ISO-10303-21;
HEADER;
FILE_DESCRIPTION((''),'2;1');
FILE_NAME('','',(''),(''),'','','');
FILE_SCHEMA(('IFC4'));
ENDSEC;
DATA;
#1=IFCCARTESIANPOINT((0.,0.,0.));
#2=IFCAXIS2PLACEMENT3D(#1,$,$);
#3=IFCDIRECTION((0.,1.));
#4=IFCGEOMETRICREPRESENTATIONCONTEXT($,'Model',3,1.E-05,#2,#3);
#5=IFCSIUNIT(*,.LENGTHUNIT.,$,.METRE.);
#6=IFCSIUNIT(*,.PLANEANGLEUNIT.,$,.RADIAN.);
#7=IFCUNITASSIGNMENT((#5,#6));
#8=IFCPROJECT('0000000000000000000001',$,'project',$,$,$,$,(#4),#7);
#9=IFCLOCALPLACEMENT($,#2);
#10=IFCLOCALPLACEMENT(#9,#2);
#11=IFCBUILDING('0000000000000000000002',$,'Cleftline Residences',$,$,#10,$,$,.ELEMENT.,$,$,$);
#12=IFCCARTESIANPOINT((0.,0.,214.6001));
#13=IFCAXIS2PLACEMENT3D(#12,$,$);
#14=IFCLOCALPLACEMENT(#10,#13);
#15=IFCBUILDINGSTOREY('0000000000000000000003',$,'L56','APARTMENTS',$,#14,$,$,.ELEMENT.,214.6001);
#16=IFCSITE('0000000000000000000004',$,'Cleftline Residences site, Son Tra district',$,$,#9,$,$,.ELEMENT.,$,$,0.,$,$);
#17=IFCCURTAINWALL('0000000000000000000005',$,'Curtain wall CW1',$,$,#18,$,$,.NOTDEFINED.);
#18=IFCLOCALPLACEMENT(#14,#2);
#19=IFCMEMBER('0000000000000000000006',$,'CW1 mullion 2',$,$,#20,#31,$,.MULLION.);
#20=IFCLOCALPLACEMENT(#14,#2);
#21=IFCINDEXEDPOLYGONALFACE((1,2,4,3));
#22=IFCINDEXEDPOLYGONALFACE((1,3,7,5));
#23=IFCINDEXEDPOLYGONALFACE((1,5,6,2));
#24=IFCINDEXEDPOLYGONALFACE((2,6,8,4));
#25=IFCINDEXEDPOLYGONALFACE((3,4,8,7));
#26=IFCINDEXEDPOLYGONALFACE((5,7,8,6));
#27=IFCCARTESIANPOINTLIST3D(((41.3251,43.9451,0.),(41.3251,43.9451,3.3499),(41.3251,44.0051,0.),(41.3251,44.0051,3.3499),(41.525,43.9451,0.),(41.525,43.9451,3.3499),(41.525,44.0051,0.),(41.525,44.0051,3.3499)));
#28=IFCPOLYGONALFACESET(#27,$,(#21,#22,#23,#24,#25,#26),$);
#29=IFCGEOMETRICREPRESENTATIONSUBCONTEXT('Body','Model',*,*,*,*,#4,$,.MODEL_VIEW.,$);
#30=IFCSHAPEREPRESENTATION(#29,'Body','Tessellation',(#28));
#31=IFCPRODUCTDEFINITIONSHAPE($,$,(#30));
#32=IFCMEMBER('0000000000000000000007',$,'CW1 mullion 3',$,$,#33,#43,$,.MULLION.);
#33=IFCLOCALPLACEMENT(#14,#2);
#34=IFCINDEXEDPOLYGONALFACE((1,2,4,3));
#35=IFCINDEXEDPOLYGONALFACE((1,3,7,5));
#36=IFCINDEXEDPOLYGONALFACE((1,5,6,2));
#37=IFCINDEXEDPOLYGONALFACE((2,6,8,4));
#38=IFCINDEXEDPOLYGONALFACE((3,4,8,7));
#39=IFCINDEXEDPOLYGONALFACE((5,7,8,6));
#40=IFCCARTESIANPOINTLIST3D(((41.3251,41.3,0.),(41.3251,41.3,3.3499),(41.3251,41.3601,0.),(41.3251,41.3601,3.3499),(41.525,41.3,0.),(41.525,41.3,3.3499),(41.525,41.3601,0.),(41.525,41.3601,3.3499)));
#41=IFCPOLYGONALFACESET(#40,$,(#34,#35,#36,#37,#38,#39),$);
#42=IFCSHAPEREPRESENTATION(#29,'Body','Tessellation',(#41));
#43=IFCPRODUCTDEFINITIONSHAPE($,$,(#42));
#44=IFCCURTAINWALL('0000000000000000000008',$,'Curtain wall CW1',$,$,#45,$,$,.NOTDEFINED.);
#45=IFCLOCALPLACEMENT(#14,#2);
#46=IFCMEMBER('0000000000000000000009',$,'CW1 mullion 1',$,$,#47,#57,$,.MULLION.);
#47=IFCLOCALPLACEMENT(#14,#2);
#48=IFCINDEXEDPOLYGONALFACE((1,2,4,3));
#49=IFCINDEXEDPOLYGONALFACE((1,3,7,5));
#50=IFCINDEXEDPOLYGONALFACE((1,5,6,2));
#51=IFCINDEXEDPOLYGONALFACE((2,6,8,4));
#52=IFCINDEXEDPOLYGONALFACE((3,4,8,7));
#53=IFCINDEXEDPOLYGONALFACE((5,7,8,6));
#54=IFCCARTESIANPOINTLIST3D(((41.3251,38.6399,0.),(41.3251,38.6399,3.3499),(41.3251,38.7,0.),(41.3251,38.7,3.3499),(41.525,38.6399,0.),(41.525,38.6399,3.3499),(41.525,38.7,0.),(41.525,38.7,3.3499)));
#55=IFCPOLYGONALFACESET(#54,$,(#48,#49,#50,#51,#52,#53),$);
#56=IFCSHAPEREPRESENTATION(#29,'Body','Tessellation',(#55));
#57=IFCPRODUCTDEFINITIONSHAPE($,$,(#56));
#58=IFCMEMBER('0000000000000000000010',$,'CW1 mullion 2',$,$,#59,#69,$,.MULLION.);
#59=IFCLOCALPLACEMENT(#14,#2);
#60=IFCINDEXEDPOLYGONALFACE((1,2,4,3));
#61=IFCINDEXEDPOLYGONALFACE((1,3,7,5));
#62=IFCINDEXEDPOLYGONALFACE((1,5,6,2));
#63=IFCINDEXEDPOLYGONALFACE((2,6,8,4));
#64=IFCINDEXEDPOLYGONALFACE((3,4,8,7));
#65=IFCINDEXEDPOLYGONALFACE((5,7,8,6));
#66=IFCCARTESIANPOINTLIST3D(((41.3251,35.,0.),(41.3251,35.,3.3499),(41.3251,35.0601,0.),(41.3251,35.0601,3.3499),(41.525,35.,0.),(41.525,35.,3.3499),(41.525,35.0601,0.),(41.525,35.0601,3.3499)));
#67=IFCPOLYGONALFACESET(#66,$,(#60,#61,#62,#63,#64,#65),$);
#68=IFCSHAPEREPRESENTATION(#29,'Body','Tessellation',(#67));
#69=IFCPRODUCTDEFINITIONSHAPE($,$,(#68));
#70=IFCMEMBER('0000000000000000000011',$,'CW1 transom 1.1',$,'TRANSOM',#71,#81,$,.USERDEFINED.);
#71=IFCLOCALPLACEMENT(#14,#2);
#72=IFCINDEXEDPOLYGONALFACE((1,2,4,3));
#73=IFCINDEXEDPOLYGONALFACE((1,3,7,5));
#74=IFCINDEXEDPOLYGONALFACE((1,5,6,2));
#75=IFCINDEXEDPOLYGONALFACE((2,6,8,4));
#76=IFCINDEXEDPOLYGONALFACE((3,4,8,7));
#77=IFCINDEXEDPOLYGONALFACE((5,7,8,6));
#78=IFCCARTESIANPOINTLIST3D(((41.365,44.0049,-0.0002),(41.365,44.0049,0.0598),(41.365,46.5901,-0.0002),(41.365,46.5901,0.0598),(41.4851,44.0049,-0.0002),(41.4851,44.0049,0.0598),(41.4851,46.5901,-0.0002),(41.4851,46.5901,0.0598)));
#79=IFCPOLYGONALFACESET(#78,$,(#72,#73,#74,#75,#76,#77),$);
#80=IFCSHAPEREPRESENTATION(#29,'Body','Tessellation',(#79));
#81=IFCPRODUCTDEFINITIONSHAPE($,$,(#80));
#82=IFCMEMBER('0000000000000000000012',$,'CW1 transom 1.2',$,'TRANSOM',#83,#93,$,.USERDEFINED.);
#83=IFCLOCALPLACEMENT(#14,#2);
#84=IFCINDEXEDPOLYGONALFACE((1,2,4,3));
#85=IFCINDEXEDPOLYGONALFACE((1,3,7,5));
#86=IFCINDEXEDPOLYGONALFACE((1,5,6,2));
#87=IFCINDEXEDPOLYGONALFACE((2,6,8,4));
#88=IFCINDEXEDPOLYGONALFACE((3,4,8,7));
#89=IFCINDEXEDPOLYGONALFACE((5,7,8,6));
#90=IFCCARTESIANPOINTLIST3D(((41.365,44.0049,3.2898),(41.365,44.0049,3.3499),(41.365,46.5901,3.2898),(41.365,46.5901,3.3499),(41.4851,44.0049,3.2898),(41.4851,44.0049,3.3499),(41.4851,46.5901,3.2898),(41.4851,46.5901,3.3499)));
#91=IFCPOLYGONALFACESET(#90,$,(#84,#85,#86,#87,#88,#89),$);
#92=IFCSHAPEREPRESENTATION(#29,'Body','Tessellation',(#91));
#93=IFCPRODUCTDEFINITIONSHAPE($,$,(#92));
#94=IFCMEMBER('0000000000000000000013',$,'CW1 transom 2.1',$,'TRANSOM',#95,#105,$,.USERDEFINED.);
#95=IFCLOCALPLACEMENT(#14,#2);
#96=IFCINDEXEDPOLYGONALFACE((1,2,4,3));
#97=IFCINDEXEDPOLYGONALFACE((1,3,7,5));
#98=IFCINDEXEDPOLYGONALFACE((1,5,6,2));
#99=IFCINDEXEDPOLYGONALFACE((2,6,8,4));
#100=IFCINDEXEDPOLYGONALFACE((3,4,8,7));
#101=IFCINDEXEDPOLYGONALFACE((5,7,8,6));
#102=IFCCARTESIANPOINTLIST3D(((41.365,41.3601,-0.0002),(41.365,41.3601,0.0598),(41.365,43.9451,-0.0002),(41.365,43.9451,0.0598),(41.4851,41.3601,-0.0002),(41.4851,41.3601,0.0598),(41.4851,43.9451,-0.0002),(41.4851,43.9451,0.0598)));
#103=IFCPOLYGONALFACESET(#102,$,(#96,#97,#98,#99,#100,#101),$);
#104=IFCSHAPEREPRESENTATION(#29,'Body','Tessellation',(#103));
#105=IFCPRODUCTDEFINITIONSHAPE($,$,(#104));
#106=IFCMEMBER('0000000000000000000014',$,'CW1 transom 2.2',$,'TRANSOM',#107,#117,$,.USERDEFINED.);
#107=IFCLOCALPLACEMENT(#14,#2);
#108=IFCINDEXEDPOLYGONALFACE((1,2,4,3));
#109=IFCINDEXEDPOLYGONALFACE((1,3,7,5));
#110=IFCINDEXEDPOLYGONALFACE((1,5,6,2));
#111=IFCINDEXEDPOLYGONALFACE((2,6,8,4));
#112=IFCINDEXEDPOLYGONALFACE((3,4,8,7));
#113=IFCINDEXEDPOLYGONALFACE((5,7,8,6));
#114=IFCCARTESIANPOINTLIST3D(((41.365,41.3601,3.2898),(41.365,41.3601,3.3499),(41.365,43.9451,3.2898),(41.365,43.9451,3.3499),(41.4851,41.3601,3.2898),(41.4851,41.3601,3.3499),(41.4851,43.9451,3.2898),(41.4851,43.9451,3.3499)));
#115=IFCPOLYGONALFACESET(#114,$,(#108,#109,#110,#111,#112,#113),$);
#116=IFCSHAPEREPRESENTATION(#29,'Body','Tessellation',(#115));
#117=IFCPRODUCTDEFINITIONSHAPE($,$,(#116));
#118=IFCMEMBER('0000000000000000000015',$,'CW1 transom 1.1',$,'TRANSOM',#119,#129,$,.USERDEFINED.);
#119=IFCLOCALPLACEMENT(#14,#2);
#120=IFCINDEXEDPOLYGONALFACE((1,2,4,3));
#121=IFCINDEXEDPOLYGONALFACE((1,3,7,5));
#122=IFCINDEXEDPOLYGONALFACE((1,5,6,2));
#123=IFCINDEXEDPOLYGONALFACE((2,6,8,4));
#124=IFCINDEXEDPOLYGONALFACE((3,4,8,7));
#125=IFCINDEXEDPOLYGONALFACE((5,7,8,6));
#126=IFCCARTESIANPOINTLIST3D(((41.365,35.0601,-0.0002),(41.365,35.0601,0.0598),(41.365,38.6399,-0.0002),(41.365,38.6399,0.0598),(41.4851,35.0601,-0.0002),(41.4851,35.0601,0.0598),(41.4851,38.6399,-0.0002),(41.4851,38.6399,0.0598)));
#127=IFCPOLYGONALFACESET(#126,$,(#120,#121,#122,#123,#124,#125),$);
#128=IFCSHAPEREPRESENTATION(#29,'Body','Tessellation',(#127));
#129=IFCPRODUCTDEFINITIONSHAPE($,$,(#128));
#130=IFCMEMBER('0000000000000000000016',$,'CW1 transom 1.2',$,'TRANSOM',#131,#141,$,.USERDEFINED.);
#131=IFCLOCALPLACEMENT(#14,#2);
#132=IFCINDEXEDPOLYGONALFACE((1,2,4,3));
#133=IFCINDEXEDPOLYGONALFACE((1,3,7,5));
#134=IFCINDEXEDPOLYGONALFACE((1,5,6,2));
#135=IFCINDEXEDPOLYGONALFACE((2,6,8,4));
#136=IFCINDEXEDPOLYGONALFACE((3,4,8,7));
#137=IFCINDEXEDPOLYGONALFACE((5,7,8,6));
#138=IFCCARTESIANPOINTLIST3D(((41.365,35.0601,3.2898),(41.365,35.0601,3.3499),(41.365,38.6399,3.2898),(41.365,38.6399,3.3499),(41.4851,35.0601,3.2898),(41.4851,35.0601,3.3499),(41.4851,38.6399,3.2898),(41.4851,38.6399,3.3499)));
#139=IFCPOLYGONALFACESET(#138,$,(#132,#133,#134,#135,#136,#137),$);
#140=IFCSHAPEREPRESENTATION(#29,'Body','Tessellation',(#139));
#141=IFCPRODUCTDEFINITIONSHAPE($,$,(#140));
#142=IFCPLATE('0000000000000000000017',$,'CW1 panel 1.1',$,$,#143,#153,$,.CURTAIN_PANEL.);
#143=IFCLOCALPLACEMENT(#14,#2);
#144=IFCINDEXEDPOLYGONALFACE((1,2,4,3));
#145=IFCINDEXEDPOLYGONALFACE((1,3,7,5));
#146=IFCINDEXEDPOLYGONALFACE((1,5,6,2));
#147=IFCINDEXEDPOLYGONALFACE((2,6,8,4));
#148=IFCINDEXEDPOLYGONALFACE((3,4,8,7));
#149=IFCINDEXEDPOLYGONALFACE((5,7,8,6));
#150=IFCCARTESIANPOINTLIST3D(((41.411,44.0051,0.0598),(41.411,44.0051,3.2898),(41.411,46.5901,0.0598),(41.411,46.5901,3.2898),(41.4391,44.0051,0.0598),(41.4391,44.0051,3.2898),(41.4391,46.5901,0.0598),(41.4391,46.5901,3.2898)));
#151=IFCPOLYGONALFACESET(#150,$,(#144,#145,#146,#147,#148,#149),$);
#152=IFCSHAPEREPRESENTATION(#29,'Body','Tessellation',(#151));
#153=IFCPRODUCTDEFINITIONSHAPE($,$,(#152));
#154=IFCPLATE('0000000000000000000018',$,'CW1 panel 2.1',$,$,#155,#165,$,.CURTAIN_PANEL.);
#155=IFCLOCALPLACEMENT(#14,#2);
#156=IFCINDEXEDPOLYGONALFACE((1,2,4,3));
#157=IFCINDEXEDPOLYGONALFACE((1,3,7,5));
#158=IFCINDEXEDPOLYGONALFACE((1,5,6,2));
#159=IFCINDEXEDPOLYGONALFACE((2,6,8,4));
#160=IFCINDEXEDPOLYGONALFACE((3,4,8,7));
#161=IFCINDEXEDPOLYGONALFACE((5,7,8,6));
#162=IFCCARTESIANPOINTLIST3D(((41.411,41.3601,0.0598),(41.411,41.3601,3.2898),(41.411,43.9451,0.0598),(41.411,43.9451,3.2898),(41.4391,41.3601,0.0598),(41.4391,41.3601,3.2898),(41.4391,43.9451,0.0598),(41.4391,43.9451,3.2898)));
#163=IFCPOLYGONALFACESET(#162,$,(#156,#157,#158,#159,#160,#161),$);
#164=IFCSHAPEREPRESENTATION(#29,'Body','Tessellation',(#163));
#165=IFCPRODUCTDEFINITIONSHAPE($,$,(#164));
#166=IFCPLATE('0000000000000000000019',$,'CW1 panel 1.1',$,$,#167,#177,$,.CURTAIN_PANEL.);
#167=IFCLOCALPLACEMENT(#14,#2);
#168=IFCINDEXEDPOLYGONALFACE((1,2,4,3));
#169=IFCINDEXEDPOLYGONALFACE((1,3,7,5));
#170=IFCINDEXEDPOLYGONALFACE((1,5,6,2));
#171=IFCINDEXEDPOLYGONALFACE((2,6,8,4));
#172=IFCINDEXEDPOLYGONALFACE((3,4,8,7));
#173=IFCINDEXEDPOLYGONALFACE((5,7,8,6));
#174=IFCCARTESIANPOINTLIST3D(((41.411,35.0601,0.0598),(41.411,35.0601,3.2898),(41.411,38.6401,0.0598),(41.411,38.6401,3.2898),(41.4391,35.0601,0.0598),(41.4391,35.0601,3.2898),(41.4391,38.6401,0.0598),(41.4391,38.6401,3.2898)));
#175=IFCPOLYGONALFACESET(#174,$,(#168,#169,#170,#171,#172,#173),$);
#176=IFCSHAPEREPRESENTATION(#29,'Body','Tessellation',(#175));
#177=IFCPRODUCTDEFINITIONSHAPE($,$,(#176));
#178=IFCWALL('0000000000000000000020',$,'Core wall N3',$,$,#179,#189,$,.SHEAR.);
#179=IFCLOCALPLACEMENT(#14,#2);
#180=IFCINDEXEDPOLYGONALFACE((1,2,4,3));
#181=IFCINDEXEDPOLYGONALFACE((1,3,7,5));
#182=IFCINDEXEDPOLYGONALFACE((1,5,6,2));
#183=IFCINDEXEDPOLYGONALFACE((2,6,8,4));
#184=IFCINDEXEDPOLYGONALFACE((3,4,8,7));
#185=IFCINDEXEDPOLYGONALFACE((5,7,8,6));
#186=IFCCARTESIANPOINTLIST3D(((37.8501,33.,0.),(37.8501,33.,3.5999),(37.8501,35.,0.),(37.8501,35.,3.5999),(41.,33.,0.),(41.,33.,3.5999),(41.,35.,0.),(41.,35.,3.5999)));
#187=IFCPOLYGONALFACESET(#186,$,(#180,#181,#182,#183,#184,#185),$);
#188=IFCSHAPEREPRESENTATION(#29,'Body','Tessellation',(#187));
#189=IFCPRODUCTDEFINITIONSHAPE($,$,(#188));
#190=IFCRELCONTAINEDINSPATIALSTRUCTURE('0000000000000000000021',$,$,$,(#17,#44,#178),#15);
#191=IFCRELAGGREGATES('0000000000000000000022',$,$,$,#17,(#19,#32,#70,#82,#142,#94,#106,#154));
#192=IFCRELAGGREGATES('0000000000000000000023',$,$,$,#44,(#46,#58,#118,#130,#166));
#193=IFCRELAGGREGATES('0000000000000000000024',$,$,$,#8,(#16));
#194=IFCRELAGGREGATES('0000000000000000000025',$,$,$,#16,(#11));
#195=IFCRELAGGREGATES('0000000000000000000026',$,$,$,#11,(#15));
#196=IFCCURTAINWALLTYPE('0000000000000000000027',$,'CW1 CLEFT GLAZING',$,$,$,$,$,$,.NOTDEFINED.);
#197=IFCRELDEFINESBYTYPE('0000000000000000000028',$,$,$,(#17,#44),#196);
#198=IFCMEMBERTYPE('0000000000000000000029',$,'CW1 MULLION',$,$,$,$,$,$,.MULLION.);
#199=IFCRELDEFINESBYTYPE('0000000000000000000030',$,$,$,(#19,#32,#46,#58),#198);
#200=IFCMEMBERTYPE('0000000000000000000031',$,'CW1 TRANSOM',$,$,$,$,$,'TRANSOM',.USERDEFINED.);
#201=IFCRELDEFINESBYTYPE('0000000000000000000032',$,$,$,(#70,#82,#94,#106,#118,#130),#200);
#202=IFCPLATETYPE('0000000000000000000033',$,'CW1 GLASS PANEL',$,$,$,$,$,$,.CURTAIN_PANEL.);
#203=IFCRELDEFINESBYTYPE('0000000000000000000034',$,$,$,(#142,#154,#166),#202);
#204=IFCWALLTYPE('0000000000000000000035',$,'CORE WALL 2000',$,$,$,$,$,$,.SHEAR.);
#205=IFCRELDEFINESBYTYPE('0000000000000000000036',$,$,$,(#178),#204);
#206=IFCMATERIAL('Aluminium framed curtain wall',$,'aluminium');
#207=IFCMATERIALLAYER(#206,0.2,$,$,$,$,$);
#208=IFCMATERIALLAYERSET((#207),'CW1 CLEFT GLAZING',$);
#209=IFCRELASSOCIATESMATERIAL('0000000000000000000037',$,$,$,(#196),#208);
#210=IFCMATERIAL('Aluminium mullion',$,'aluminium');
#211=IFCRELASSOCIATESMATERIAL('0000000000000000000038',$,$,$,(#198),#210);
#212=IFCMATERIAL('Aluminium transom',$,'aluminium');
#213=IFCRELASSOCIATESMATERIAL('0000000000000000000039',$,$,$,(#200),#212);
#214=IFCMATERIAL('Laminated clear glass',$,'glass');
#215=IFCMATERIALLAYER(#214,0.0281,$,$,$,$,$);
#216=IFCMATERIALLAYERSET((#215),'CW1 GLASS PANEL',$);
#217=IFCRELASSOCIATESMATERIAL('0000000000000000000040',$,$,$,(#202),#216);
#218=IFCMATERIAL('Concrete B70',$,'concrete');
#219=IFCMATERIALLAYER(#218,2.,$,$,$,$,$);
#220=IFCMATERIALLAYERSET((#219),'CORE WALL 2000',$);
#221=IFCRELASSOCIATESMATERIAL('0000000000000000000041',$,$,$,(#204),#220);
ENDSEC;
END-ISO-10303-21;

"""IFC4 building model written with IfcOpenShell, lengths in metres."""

from ifc_helpers import new_model, si_unit, direction, frame, frame_2d, origin, origin_2d, place, context, subcontext, project, spatial, rectangle, extrude, material, layer, layer_set, material_profile, profile_set, type_object, element, aggregate, save


model = new_model("IFC4")

# Units and contexts
model_context = context("Model", 3, precision=1e-05, world=origin(), true_north=direction((0.0, 1.0)))
body_context = subcontext(model_context, "Body", "Model", "MODEL_VIEW")
ifc_project = project(units=[si_unit("LENGTHUNIT", "METRE"), si_unit("PLANEANGLEUNIT", "RADIAN")], contexts=[model_context])

# Site, building, storey
site_placement = place(None, origin())
site = spatial("IfcSite", under=ifc_project, at=site_placement, Name="Cleftline Residences site, Son Tra district", CompositionType="ELEMENT", RefElevation=0.0)
building_placement = place(site_placement, origin())
building = spatial("IfcBuilding", under=site, at=building_placement, Name="Cleftline Residences", CompositionType="ELEMENT")
storey_placement = place(building_placement, frame((0.0, 0.0, 214.6001)))
storey = spatial("IfcBuildingStorey", under=building, at=storey_placement, Name="L56", Description="APARTMENTS", CompositionType="ELEMENT", Elevation=214.6001)

# Curtain walls, members
ifc_material_1 = material(Name="Aluminium framed curtain wall", Category="aluminium")
ifc_layer_1 = layer(ifc_material_1, 0.2)
ifc_layer_set_1 = layer_set([ifc_layer_1], Name="CW1 CLEFT GLAZING")
curtain_wall_type = type_object("IfcCurtainWallType", Name="CW1 CLEFT GLAZING", PredefinedType="NOTDEFINED", material=ifc_layer_set_1)
curtain_wall_1_placement = place(storey_placement, origin())
curtain_wall_1 = element("IfcCurtainWall", 1, at=curtain_wall_1_placement, inside=storey, type_object=curtain_wall_type, Name="Curtain wall CW1", PredefinedType="NOTDEFINED")
ifc_material_2 = material(Name="Aluminium mullion", Category="aluminium")
ifc_material_profile_1 = material_profile(ifc_material_2, rectangle(XDim=0.2, YDim=0.0601, at=origin_2d()))
ifc_profile_set_1 = profile_set([ifc_material_profile_1], Name="Aluminium mullion")
member_type_1 = type_object("IfcMemberType", Name="CW1 MULLION", PredefinedType="MULLION", material=ifc_profile_set_1)
member_1_placement = place(storey_placement, frame((41.425, 43.9751, 0.0), z_axis=(0.0, 0.0, 1.0), x_axis=(1.0, 0.0, 0.0)))
member_1 = element("IfcMember", 2, at=member_1_placement, type_object=member_type_1, Name="CW1 mullion 2", PredefinedType="MULLION", context=body_context, shape_type="SweptSolid", body=[
    extrude(rectangle(XDim=0.2, YDim=0.0601, at=origin_2d()), origin(), (0.0, 0.0, 1.0), 3.3499),
])
member_2_placement = place(storey_placement, frame((41.425, 41.3301, 0.0), z_axis=(0.0, 0.0, 1.0), x_axis=(1.0, 0.0, 0.0)))
member_2 = element("IfcMember", 3, at=member_2_placement, type_object=member_type_1, Name="CW1 mullion 3", PredefinedType="MULLION", context=body_context, shape_type="SweptSolid", body=[
    extrude(rectangle(XDim=0.2, YDim=0.0601, at=origin_2d()), origin(), (0.0, 0.0, 1.0), 3.3499),
])
curtain_wall_2_placement = place(storey_placement, origin())
curtain_wall_2 = element("IfcCurtainWall", 4, at=curtain_wall_2_placement, inside=storey, type_object=curtain_wall_type, Name="Curtain wall CW1", PredefinedType="NOTDEFINED")
member_3_placement = place(storey_placement, frame((41.425, 38.6699, 0.0), z_axis=(0.0, 0.0, 1.0), x_axis=(1.0, 0.0, 0.0)))
member_3 = element("IfcMember", 5, at=member_3_placement, type_object=member_type_1, Name="CW1 mullion 1", PredefinedType="MULLION", context=body_context, shape_type="SweptSolid", body=[
    extrude(rectangle(XDim=0.2, YDim=0.0601, at=origin_2d()), origin(), (0.0, 0.0, 1.0), 3.3499),
])
member_4_placement = place(storey_placement, frame((41.425, 35.03, 0.0), z_axis=(0.0, 0.0, 1.0), x_axis=(1.0, 0.0, 0.0)))
member_4 = element("IfcMember", 6, at=member_4_placement, type_object=member_type_1, Name="CW1 mullion 2", PredefinedType="MULLION", context=body_context, shape_type="SweptSolid", body=[
    extrude(rectangle(XDim=0.2, YDim=0.0601, at=origin_2d()), origin(), (0.0, 0.0, 1.0), 3.3499),
])

# Members
ifc_material_3 = material(Name="Aluminium transom", Category="aluminium")
ifc_material_profile_2 = material_profile(ifc_material_3, rectangle(XDim=0.1201, YDim=0.0601, at=origin_2d()))
ifc_profile_set_2 = profile_set([ifc_material_profile_2], Name="Aluminium transom")
member_type_2 = type_object("IfcMemberType", Name="CW1 TRANSOM", ElementType="TRANSOM", PredefinedType="USERDEFINED", material=ifc_profile_set_2)
member_5_placement = place(storey_placement, frame((41.425, 46.5901, 0.0298), z_axis=(0.0, -1.0, 0.0), x_axis=(1.0, 0.0, 0.0)))
member_5 = element("IfcMember", 7, at=member_5_placement, type_object=member_type_2, Name="CW1 transom 1.1", ObjectType="TRANSOM", PredefinedType="USERDEFINED", context=body_context, shape_type="SweptSolid", body=[
    extrude(rectangle(XDim=0.1201, YDim=0.0601, at=origin_2d()), origin(), (0.0, 0.0, 1.0), 2.5852),
])
member_6_placement = place(storey_placement, frame((41.425, 46.5901, 3.3198), z_axis=(0.0, -1.0, 0.0), x_axis=(1.0, 0.0, 0.0)))
member_6 = element("IfcMember", 8, at=member_6_placement, type_object=member_type_2, Name="CW1 transom 1.2", ObjectType="TRANSOM", PredefinedType="USERDEFINED", context=body_context, shape_type="SweptSolid", body=[
    extrude(rectangle(XDim=0.1201, YDim=0.0601, at=origin_2d()), origin(), (0.0, 0.0, 1.0), 2.5852),
])
member_7_placement = place(storey_placement, frame((41.425, 43.9451, 0.0298), z_axis=(0.0, -1.0, 0.0), x_axis=(1.0, 0.0, 0.0)))
member_7 = element("IfcMember", 9, at=member_7_placement, type_object=member_type_2, Name="CW1 transom 2.1", ObjectType="TRANSOM", PredefinedType="USERDEFINED", context=body_context, shape_type="SweptSolid", body=[
    extrude(rectangle(XDim=0.1201, YDim=0.0601, at=origin_2d()), origin(), (0.0, 0.0, 1.0), 2.585),
])
member_8_placement = place(storey_placement, frame((41.425, 43.9451, 3.3198), z_axis=(0.0, -1.0, 0.0), x_axis=(1.0, 0.0, 0.0)))
member_8 = element("IfcMember", 10, at=member_8_placement, type_object=member_type_2, Name="CW1 transom 2.2", ObjectType="TRANSOM", PredefinedType="USERDEFINED", context=body_context, shape_type="SweptSolid", body=[
    extrude(rectangle(XDim=0.1201, YDim=0.0601, at=origin_2d()), origin(), (0.0, 0.0, 1.0), 2.585),
])
member_9_placement = place(storey_placement, frame((41.425, 38.6399, 0.0298), z_axis=(0.0, -1.0, 0.0), x_axis=(1.0, 0.0, 0.0)))
member_9 = element("IfcMember", 11, at=member_9_placement, type_object=member_type_2, Name="CW1 transom 1.1", ObjectType="TRANSOM", PredefinedType="USERDEFINED", context=body_context, shape_type="SweptSolid", body=[
    extrude(rectangle(XDim=0.1201, YDim=0.0601, at=origin_2d()), origin(), (0.0, 0.0, 1.0), 3.5798),
])
member_10_placement = place(storey_placement, frame((41.425, 38.6399, 3.3198), z_axis=(0.0, -1.0, 0.0), x_axis=(1.0, 0.0, 0.0)))
member_10 = element("IfcMember", 12, at=member_10_placement, type_object=member_type_2, Name="CW1 transom 1.2", ObjectType="TRANSOM", PredefinedType="USERDEFINED", context=body_context, shape_type="SweptSolid", body=[
    extrude(rectangle(XDim=0.1201, YDim=0.0601, at=origin_2d()), origin(), (0.0, 0.0, 1.0), 3.5798),
])

# Plates
ifc_material_4 = material(Name="Laminated clear glass", Category="glass")
ifc_layer_2 = layer(ifc_material_4, 0.0281)
ifc_layer_set_2 = layer_set([ifc_layer_2], Name="CW1 GLASS PANEL")
plate_type = type_object("IfcPlateType", Name="CW1 GLASS PANEL", PredefinedType="CURTAIN_PANEL", material=ifc_layer_set_2)
plate_1_placement = place(storey_placement, frame((41.425, 45.2976, 0.0598), z_axis=(0.0, 0.0, 1.0), x_axis=(0.0, -1.0, 0.0)))
plate_1 = element("IfcPlate", 13, at=plate_1_placement, type_object=plate_type, Name="CW1 panel 1.1", PredefinedType="CURTAIN_PANEL", context=body_context, shape_type="SweptSolid", body=[
    extrude(rectangle(XDim=2.585, YDim=0.0281, at=origin_2d()), origin(), (0.0, 0.0, 1.0), 3.23),
])
plate_2_placement = place(storey_placement, frame((41.425, 42.6526, 0.0598), z_axis=(0.0, 0.0, 1.0), x_axis=(0.0, -1.0, 0.0)))
plate_2 = element("IfcPlate", 14, at=plate_2_placement, type_object=plate_type, Name="CW1 panel 2.1", PredefinedType="CURTAIN_PANEL", context=body_context, shape_type="SweptSolid", body=[
    extrude(rectangle(XDim=2.585, YDim=0.0281, at=origin_2d()), origin(), (0.0, 0.0, 1.0), 3.23),
])
aggregate(curtain_wall_1, [member_1, member_2, member_5, member_6, plate_1, member_7, member_8, plate_2])
plate_3_placement = place(storey_placement, frame((41.425, 36.8501, 0.0598), z_axis=(0.0, 0.0, 1.0), x_axis=(0.0, -1.0, 0.0)))
plate_3 = element("IfcPlate", 15, at=plate_3_placement, type_object=plate_type, Name="CW1 panel 1.1", PredefinedType="CURTAIN_PANEL", context=body_context, shape_type="SweptSolid", body=[
    extrude(rectangle(XDim=3.5801, YDim=0.0281, at=origin_2d()), origin(), (0.0, 0.0, 1.0), 3.23),
])
aggregate(curtain_wall_2, [member_3, member_4, member_9, member_10, plate_3])

# Wall
ifc_material_5 = material(Name="Concrete B70", Category="concrete")
ifc_layer_3 = layer(ifc_material_5, 2.0)
ifc_layer_set_3 = layer_set([ifc_layer_3], Name="CORE WALL 2000")
wall_type_1 = type_object("IfcWallType", Name="CORE WALL 2000", PredefinedType="SHEAR", material=ifc_layer_set_3)
wall_1_placement = place(storey_placement, frame((37.8501, 34.0, 0.0), z_axis=(0.0, 0.0, 1.0), x_axis=(1.0, 0.0, 0.0)))
element("IfcWall", 16, at=wall_1_placement, inside=storey, type_object=wall_type_1, Name="Core wall N3", PredefinedType="SHEAR", context=body_context, shape_type="SweptSolid", body=[
    extrude(rectangle(XDim=3.1499, YDim=2.0, at=frame_2d((1.575, 0.0))), origin(), (0.0, 0.0, 1.0), 3.5999),
])

save(model, "model.ifc")
